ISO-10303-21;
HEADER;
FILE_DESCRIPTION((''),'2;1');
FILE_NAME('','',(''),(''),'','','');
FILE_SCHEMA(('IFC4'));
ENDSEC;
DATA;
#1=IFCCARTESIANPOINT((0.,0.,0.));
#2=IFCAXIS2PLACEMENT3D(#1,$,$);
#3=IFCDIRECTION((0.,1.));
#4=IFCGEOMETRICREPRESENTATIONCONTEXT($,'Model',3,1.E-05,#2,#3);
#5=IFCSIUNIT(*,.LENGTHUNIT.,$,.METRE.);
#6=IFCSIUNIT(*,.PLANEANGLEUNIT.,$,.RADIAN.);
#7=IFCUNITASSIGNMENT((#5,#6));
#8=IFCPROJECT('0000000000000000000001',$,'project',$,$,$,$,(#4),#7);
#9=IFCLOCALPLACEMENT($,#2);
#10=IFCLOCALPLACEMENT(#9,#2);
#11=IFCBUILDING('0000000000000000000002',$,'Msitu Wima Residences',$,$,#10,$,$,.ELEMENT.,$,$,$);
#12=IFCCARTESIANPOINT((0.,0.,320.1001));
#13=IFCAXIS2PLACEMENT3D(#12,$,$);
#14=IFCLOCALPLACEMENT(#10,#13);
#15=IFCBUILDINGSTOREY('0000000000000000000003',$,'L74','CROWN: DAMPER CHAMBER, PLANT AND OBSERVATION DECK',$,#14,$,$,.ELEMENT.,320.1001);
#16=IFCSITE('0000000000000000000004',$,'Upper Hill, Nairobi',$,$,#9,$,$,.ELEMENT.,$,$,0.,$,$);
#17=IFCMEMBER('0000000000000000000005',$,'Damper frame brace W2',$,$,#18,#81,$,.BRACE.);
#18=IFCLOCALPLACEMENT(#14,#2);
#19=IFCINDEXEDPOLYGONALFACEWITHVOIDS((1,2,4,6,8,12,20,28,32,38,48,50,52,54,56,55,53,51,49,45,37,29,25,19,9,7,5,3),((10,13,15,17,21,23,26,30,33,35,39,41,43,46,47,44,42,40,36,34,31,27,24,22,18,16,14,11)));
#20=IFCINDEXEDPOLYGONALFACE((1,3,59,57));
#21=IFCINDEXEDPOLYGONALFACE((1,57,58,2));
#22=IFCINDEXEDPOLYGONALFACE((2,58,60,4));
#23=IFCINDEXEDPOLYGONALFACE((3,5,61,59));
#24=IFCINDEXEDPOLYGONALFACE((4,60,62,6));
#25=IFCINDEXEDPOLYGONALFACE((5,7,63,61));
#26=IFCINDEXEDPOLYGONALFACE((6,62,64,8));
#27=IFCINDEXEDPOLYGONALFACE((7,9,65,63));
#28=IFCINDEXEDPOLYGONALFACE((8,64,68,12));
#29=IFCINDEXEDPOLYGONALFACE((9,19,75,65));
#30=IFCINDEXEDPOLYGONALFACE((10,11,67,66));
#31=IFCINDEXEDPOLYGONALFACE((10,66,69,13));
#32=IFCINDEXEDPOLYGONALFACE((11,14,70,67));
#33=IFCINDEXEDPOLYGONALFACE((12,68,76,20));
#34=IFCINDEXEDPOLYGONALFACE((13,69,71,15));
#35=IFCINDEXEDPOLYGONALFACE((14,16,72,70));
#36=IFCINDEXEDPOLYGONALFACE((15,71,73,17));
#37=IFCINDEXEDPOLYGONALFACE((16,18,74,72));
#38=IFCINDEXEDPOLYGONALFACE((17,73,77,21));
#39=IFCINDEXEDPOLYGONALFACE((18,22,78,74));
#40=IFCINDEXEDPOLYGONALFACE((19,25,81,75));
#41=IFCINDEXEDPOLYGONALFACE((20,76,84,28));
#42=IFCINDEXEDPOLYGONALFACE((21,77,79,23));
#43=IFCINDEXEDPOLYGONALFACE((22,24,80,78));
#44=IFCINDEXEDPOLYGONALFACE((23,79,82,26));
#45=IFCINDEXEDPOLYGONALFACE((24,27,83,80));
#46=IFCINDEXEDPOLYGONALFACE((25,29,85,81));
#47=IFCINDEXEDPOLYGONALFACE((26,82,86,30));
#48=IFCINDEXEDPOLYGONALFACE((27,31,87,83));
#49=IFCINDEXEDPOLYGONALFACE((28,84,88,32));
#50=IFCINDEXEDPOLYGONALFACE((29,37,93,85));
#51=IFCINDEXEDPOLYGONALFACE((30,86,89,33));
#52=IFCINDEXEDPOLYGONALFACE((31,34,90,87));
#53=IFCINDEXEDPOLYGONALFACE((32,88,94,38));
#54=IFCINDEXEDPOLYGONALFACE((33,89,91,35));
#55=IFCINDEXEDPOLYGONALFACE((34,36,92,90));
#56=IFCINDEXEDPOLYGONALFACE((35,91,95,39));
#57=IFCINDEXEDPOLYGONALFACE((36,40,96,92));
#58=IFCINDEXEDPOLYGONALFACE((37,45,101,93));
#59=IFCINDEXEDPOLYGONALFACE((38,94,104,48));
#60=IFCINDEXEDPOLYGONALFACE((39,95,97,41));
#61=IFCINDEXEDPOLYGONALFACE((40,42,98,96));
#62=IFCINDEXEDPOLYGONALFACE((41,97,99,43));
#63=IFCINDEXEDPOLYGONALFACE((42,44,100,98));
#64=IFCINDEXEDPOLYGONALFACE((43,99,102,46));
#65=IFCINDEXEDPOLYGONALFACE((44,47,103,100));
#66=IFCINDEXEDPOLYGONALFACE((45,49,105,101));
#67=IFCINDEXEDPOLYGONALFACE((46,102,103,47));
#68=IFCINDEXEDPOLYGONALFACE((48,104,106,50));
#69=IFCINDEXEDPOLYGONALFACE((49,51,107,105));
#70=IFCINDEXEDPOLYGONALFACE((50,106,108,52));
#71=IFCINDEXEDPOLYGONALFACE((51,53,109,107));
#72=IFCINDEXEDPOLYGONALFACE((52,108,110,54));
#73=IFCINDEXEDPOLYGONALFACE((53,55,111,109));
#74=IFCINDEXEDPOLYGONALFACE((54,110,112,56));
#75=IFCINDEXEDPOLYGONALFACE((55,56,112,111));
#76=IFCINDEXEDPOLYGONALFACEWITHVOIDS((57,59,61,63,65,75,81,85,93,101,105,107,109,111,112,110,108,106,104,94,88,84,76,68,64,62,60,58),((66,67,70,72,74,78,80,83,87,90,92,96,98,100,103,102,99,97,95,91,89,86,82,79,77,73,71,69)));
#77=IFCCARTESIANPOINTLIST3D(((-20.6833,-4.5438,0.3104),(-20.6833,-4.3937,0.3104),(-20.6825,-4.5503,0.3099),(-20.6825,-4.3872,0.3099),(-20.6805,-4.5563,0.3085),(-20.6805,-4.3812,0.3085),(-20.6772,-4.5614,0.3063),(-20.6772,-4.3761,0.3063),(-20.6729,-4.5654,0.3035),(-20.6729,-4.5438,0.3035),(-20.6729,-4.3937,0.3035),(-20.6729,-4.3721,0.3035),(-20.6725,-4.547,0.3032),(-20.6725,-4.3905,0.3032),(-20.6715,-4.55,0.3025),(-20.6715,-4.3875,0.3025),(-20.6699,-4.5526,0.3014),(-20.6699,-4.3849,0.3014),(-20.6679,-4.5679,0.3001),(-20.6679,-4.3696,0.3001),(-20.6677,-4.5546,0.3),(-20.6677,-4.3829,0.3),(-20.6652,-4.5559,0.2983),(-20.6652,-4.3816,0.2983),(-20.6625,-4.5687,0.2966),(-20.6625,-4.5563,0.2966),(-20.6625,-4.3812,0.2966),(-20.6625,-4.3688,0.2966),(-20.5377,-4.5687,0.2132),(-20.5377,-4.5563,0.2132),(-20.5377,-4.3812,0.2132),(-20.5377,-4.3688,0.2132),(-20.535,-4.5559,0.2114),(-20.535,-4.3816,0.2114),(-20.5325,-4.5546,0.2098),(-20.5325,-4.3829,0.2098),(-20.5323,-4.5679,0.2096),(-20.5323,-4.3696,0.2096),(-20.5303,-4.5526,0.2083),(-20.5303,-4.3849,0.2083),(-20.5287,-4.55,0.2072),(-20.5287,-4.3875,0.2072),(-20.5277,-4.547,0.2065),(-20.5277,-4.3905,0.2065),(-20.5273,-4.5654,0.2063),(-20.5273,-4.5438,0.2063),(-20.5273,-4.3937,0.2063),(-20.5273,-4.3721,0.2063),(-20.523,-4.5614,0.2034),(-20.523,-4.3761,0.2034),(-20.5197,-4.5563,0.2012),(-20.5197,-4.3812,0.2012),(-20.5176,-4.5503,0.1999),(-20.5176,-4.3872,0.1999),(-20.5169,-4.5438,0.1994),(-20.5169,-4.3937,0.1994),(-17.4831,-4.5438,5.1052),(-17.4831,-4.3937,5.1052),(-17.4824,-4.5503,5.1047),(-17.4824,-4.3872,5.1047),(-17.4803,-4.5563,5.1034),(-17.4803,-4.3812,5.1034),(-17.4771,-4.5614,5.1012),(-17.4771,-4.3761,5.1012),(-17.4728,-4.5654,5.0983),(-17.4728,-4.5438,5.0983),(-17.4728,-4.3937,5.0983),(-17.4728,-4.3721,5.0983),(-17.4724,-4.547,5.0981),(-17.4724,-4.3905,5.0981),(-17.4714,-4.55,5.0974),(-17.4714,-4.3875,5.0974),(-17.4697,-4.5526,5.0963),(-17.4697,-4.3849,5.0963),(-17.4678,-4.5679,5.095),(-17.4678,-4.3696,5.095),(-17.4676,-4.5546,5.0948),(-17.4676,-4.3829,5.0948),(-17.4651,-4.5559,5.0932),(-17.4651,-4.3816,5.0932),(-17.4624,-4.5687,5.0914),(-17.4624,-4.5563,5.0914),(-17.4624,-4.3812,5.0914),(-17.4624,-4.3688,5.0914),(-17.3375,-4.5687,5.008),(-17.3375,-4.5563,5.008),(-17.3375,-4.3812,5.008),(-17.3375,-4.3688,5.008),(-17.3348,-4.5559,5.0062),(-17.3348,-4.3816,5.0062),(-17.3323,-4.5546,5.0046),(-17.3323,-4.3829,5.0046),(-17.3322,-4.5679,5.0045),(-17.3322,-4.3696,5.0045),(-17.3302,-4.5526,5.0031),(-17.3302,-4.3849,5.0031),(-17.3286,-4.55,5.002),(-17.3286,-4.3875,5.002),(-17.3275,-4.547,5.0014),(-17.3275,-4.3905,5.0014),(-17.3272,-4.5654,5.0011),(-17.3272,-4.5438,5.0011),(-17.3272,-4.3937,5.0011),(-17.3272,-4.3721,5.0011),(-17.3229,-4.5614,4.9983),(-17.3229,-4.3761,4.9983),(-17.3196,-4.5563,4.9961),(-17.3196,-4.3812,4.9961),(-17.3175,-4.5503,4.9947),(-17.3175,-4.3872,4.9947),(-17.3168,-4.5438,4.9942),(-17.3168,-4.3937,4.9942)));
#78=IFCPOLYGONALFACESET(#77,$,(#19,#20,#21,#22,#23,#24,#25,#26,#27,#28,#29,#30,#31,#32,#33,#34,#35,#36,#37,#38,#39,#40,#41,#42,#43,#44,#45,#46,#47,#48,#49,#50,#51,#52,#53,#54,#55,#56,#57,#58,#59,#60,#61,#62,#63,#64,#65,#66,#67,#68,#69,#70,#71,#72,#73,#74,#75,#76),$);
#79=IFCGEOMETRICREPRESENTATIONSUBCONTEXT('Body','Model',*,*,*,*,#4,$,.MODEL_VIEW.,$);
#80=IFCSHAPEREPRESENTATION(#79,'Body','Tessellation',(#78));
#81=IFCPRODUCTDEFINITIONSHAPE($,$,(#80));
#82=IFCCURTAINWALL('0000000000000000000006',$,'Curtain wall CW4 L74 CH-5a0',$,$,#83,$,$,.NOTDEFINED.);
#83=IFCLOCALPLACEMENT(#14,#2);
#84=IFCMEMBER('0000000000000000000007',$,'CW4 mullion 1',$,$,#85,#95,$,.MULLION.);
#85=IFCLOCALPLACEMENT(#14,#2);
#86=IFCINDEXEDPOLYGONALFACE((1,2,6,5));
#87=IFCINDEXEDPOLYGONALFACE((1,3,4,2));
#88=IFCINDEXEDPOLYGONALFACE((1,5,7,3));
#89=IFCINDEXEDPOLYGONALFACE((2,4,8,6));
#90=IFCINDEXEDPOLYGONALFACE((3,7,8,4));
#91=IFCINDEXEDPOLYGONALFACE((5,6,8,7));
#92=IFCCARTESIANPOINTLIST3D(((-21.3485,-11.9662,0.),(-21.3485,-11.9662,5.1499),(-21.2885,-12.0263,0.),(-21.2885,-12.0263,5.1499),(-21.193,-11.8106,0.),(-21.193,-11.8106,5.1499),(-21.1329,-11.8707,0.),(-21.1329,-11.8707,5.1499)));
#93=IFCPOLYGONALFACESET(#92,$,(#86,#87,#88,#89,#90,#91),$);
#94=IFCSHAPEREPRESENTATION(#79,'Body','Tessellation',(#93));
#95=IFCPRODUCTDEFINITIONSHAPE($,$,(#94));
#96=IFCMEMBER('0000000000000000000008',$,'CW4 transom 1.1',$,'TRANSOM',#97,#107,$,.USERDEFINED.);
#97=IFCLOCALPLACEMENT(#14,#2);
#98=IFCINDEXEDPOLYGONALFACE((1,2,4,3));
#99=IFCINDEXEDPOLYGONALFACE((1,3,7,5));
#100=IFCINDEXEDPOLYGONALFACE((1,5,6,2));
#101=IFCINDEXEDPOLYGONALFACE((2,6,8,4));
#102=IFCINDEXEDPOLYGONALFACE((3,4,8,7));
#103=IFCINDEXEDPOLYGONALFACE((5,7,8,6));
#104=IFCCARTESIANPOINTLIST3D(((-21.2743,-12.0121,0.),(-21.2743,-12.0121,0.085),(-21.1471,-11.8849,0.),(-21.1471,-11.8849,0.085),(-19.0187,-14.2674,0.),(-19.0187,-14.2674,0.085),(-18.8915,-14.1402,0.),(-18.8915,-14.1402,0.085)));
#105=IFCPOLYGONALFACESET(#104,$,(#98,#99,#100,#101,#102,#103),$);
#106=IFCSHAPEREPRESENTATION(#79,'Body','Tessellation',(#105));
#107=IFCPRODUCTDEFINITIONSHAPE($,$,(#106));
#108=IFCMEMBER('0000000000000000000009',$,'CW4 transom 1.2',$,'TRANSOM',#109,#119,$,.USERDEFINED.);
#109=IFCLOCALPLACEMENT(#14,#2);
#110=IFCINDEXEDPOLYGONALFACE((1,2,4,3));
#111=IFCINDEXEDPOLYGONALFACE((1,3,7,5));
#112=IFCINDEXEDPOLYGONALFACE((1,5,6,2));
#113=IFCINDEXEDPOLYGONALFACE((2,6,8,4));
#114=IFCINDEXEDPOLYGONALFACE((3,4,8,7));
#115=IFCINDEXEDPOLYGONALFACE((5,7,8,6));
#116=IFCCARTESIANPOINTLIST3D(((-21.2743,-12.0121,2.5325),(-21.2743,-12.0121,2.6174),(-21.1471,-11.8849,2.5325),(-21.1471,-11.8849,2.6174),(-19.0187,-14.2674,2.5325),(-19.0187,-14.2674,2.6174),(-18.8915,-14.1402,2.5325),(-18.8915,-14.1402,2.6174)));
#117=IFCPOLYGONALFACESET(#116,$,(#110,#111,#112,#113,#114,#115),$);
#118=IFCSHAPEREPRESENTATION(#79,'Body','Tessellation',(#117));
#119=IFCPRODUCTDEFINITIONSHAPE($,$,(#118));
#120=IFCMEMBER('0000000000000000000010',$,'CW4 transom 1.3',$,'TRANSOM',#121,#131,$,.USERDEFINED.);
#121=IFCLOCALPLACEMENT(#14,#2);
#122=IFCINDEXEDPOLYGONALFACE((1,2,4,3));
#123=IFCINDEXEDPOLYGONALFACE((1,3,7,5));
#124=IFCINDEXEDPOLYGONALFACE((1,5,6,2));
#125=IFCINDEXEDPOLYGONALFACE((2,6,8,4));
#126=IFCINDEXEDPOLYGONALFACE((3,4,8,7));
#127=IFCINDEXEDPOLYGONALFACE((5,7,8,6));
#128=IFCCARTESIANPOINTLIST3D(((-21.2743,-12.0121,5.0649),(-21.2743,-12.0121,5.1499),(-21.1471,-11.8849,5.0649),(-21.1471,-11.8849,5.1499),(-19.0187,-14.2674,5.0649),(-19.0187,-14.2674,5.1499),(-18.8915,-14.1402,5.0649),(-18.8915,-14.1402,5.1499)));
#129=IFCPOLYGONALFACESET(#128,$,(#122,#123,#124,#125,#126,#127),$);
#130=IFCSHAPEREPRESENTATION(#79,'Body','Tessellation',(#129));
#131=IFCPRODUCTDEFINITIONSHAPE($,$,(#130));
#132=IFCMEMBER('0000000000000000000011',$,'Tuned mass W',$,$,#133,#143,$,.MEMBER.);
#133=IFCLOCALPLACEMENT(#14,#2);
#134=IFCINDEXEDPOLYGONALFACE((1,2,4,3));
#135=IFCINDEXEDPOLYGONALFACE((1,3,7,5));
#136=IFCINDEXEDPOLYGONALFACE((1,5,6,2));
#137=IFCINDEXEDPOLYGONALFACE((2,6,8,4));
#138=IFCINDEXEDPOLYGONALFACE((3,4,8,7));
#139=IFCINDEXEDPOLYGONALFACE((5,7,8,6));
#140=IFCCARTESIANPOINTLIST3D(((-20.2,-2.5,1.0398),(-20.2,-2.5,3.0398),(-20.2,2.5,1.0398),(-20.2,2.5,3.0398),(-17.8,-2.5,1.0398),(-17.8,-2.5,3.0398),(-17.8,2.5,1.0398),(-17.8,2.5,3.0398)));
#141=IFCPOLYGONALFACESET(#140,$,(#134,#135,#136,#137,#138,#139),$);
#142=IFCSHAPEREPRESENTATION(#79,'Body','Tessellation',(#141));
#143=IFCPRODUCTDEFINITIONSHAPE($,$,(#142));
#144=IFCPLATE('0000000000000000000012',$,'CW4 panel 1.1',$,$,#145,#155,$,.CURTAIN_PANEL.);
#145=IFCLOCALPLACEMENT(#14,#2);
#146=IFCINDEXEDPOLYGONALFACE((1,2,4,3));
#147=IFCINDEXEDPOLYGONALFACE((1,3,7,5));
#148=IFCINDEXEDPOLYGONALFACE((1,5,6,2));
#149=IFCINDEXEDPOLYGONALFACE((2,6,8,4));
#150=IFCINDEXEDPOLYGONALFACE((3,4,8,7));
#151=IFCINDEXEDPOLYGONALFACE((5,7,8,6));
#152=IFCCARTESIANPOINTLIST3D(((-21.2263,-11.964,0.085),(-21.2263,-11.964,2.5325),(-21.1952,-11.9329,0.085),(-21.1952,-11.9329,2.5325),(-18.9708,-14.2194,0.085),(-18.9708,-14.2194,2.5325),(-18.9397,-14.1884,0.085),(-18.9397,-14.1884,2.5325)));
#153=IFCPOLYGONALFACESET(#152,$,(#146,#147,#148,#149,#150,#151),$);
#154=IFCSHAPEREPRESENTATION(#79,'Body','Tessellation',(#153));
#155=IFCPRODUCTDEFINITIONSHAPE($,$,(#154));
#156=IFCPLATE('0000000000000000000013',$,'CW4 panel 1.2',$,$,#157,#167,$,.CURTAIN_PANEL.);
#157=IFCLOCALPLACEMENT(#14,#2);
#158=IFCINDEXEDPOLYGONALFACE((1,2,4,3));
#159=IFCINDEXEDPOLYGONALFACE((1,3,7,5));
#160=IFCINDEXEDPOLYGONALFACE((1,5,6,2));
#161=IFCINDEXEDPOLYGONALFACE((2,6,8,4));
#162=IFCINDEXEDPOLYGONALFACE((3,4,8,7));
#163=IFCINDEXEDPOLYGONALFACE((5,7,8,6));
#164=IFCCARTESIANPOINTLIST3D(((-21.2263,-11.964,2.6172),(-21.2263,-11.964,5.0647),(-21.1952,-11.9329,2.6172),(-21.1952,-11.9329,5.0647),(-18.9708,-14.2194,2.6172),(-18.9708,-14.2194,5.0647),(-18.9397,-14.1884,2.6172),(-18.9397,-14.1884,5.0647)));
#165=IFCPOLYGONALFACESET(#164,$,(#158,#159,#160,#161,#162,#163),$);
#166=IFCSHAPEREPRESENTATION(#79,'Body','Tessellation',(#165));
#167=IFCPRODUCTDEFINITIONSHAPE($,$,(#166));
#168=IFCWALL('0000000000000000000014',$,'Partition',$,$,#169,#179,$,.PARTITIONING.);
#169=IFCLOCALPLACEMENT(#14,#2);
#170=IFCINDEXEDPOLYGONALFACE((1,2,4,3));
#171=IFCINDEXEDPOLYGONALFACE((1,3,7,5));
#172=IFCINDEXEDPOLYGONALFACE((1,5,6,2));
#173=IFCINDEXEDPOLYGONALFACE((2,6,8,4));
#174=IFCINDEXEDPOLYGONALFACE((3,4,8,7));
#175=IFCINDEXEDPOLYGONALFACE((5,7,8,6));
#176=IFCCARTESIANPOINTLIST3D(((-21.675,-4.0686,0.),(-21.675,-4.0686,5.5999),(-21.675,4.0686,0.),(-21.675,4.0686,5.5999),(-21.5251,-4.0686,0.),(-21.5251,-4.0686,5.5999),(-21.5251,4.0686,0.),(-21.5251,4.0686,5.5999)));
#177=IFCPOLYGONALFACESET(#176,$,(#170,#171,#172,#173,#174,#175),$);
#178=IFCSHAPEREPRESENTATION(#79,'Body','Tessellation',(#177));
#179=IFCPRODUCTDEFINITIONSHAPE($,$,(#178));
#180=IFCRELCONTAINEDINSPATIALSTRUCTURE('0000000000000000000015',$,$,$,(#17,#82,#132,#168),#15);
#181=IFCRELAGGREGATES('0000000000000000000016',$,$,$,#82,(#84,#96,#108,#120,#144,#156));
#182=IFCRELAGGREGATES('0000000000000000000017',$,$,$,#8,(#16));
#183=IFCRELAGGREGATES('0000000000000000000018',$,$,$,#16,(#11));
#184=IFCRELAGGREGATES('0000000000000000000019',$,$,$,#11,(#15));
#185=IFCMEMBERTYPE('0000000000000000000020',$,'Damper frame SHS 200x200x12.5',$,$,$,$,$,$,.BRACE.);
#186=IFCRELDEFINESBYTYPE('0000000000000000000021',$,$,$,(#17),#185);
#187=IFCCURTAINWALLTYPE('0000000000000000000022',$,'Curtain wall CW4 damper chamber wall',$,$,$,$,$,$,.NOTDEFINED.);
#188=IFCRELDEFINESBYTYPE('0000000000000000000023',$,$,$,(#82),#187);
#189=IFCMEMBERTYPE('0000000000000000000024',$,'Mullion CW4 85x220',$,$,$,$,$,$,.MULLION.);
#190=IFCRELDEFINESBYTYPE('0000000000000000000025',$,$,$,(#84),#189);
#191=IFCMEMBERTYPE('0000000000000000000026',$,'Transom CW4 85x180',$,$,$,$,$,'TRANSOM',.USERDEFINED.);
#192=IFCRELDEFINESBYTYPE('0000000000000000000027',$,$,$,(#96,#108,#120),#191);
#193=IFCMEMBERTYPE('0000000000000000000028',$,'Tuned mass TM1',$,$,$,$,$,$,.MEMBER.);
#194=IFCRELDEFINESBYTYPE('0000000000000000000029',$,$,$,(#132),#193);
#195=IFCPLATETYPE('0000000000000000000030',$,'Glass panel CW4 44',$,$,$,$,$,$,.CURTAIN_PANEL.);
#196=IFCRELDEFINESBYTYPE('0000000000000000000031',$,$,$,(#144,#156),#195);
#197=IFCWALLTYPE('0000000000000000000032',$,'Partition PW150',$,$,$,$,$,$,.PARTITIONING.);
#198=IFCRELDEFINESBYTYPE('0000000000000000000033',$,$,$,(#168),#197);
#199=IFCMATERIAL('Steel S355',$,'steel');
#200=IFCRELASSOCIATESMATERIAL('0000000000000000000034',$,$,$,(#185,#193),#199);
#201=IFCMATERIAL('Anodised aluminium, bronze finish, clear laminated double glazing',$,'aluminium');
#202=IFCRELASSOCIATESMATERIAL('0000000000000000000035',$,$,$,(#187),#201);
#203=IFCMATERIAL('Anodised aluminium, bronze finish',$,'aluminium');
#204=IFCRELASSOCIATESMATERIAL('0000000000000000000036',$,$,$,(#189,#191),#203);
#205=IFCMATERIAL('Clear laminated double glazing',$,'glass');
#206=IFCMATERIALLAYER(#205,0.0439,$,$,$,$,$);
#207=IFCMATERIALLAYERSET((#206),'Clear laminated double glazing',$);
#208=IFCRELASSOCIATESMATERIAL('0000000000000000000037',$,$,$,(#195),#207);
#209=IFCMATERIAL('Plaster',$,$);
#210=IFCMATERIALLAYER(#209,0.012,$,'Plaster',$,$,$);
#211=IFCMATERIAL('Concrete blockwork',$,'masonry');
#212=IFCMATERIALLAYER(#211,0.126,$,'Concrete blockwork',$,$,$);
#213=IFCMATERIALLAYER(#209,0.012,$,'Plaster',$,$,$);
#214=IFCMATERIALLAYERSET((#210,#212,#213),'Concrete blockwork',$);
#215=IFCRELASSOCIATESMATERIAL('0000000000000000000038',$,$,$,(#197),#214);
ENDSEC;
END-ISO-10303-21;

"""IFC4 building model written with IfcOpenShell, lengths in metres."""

from ifc_helpers import new_model, si_unit, direction, frame, frame_2d, origin, origin_2d, place, context, subcontext, project, spatial, rectangle, hollow_rectangle, extrude, material, layer, layer_set, material_profile, profile_set, type_object, element, aggregate, save


model = new_model("IFC4")

# Units and contexts
model_context = context("Model", 3, precision=1e-05, world=origin(), true_north=direction((0.0, 1.0)))
body_context = subcontext(model_context, "Body", "Model", "MODEL_VIEW")
ifc_project = project(units=[si_unit("LENGTHUNIT", "METRE"), si_unit("PLANEANGLEUNIT", "RADIAN")], contexts=[model_context])

# Site, building, storey
site_placement = place(None, origin())
site = spatial("IfcSite", under=ifc_project, at=site_placement, Name="Upper Hill, Nairobi", CompositionType="ELEMENT", RefElevation=0.0)
building_placement = place(site_placement, origin())
building = spatial("IfcBuilding", under=site, at=building_placement, Name="Msitu Wima Residences", CompositionType="ELEMENT")
storey_placement = place(building_placement, frame((0.0, 0.0, 320.1001)))
storey = spatial("IfcBuildingStorey", under=building, at=storey_placement, Name="L74", Description="CROWN: DAMPER CHAMBER, PLANT AND OBSERVATION DECK", CompositionType="ELEMENT", Elevation=320.1001)

# Shared definitions
ifc_material_1 = material(Name="Steel S355", Category="steel")

# Member
ifc_material_profile_1 = material_profile(ifc_material_1, hollow_rectangle(XDim=0.2, YDim=0.2, WallThickness=0.0125, InnerFilletRadius=0.0125, OuterFilletRadius=0.0249, at=origin_2d()), Name="SHS 200x200x12.5")
ifc_profile_set_1 = profile_set([ifc_material_profile_1], Name="Steel S355")
member_type_1 = type_object("IfcMemberType", Name="Damper frame SHS 200x200x12.5", PredefinedType="BRACE", material=ifc_profile_set_1)
member_1_placement = place(storey_placement, frame((-20.6001, -4.4688, 0.2549), z_axis=(0.55513, 0.0, 0.831764), x_axis=(0.0, 1.0, 0.0)))
element("IfcMember", 1, at=member_1_placement, inside=storey, type_object=member_type_1, Name="Damper frame brace W2", PredefinedType="BRACE", context=body_context, shape_type="SweptSolid", body=[
    extrude(hollow_rectangle(XDim=0.2, YDim=0.2, WallThickness=0.0125, InnerFilletRadius=0.0125, OuterFilletRadius=0.0249, at=origin_2d()), origin(), (0.0, 0.0, 1.0), 5.7646),
])

# Curtain wall, members
ifc_material_2 = material(Name="Anodised aluminium, bronze finish, clear laminated double glazing", Category="aluminium")
curtain_wall_type = type_object("IfcCurtainWallType", Name="Curtain wall CW4 damper chamber wall", PredefinedType="NOTDEFINED", material=ifc_material_2)
curtain_wall_placement = place(storey_placement, origin())
curtain_wall = element("IfcCurtainWall", 2, at=curtain_wall_placement, inside=storey, type_object=curtain_wall_type, Name="Curtain wall CW4 L74 CH-5a0", PredefinedType="NOTDEFINED")
ifc_material_3 = material(Name="Anodised aluminium, bronze finish", Category="aluminium")
ifc_material_profile_2 = material_profile(ifc_material_3, rectangle(XDim=0.22, YDim=0.085, at=origin_2d()), Name="Mullion 85x220")
ifc_profile_set_2 = profile_set([ifc_material_profile_2], Name="Anodised aluminium, bronze finish")
member_type_2 = type_object("IfcMemberType", Name="Mullion CW4 85x220", PredefinedType="MULLION", material=ifc_profile_set_2)
member_2_placement = place(storey_placement, frame((-21.2407, -11.9185, 0.0), z_axis=(0.0, 0.0, 1.0), x_axis=(0.707107, 0.707107, 0.0)))
member_2 = element("IfcMember", 3, at=member_2_placement, type_object=member_type_2, Name="CW4 mullion 1", PredefinedType="MULLION", context=body_context, shape_type="SweptSolid", body=[
    extrude(rectangle(XDim=0.22, YDim=0.085, at=origin_2d()), origin(), (0.0, 0.0, 1.0), 5.1499),
])
ifc_material_profile_3 = material_profile(ifc_material_3, rectangle(XDim=0.1799, YDim=0.085, at=origin_2d()), Name="Transom 85x180")
ifc_profile_set_3 = profile_set([ifc_material_profile_3], Name="Anodised aluminium, bronze finish")
member_type_3 = type_object("IfcMemberType", Name="Transom CW4 85x180", ElementType="TRANSOM", PredefinedType="USERDEFINED", material=ifc_profile_set_3)
member_3_placement = place(storey_placement, frame((-21.2107, -11.9485, 0.0425), z_axis=(0.707145, -0.707069, 0.0), x_axis=(0.707069, 0.707145, 0.0)))
member_3 = element("IfcMember", 4, at=member_3_placement, type_object=member_type_3, Name="CW4 transom 1.1", ObjectType="TRANSOM", PredefinedType="USERDEFINED", context=body_context, shape_type="SweptSolid", body=[
    extrude(rectangle(XDim=0.1799, YDim=0.085, at=origin_2d()), origin(), (0.0, 0.0, 1.0), 3.1897),
])
member_4_placement = place(storey_placement, frame((-21.2107, -11.9485, 2.575), z_axis=(0.707145, -0.707069, 0.0), x_axis=(0.707069, 0.707145, 0.0)))
member_4 = element("IfcMember", 5, at=member_4_placement, type_object=member_type_3, Name="CW4 transom 1.2", ObjectType="TRANSOM", PredefinedType="USERDEFINED", context=body_context, shape_type="SweptSolid", body=[
    extrude(rectangle(XDim=0.1799, YDim=0.085, at=origin_2d()), origin(), (0.0, 0.0, 1.0), 3.1897),
])
member_5_placement = place(storey_placement, frame((-21.2107, -11.9485, 5.1074), z_axis=(0.707145, -0.707069, 0.0), x_axis=(0.707069, 0.707145, 0.0)))
member_5 = element("IfcMember", 6, at=member_5_placement, type_object=member_type_3, Name="CW4 transom 1.3", ObjectType="TRANSOM", PredefinedType="USERDEFINED", context=body_context, shape_type="SweptSolid", body=[
    extrude(rectangle(XDim=0.1799, YDim=0.085, at=origin_2d()), origin(), (0.0, 0.0, 1.0), 3.1897),
])

# Member
member_type_4 = type_object("IfcMemberType", Name="Tuned mass TM1", PredefinedType="MEMBER", material=ifc_material_1)
member_6_placement = place(storey_placement, frame((-19.0, 0.0, 1.0398), z_axis=(0.0, 0.0, 1.0), x_axis=(1.0, 0.0, 0.0)))
element("IfcMember", 7, at=member_6_placement, inside=storey, type_object=member_type_4, Name="Tuned mass W", PredefinedType="MEMBER", context=body_context, shape_type="SweptSolid", body=[
    extrude(rectangle(XDim=2.3999, YDim=5.0, at=origin_2d()), origin(), (0.0, 0.0, 1.0), 2.0),
])

# Plates
ifc_material_4 = material(Name="Clear laminated double glazing", Category="glass")
ifc_layer_1 = layer(ifc_material_4, 0.0439)
ifc_layer_set_1 = layer_set([ifc_layer_1], Name="Clear laminated double glazing")
plate_type = type_object("IfcPlateType", Name="Glass panel CW4 44", PredefinedType="CURTAIN_PANEL", material=ifc_layer_set_1)
plate_1_placement = place(storey_placement, frame((-20.083, -13.0762, 0.085), z_axis=(0.0, 0.0, 1.0), x_axis=(0.707107, -0.707107, 0.0)))
plate_1 = element("IfcPlate", 8, at=plate_1_placement, type_object=plate_type, Name="CW4 panel 1.1", PredefinedType="CURTAIN_PANEL", context=body_context, shape_type="SweptSolid", body=[
    extrude(rectangle(XDim=3.1897, YDim=0.0439, at=origin_2d()), origin(), (0.0, 0.0, 1.0), 2.4475),
])
plate_2_placement = place(storey_placement, frame((-20.083, -13.0762, 2.6172), z_axis=(0.0, 0.0, 1.0), x_axis=(0.707107, -0.707107, 0.0)))
plate_2 = element("IfcPlate", 9, at=plate_2_placement, type_object=plate_type, Name="CW4 panel 1.2", PredefinedType="CURTAIN_PANEL", context=body_context, shape_type="SweptSolid", body=[
    extrude(rectangle(XDim=3.1897, YDim=0.0439, at=origin_2d()), origin(), (0.0, 0.0, 1.0), 2.4475),
])
aggregate(curtain_wall, [member_2, member_3, member_4, member_5, plate_1, plate_2])

# Wall
ifc_material_5 = material(Name="Plaster")
ifc_layer_2 = layer(ifc_material_5, 0.012, Name="Plaster")
ifc_material_6 = material(Name="Concrete blockwork", Category="masonry")
ifc_layer_3 = layer(ifc_material_6, 0.126, Name="Concrete blockwork")
ifc_layer_4 = layer(ifc_material_5, 0.012, Name="Plaster")
ifc_layer_set_2 = layer_set([ifc_layer_2, ifc_layer_3, ifc_layer_4], Name="Concrete blockwork")
wall_type = type_object("IfcWallType", Name="Partition PW150", PredefinedType="PARTITIONING", material=ifc_layer_set_2)
wall_1_placement = place(storey_placement, frame((-21.6001, -4.0686, 0.0), z_axis=(0.0, 0.0, 1.0), x_axis=(0.0, 1.0, 0.0)))
element("IfcWall", 10, at=wall_1_placement, inside=storey, type_object=wall_type, Name="Partition", PredefinedType="PARTITIONING", context=body_context, shape_type="SweptSolid", body=[
    extrude(rectangle(XDim=8.1372, YDim=0.1499, at=frame_2d((4.0686, 0.0))), origin(), (0.0, 0.0, 1.0), 5.5999),
])

save(model, "model.ifc")
